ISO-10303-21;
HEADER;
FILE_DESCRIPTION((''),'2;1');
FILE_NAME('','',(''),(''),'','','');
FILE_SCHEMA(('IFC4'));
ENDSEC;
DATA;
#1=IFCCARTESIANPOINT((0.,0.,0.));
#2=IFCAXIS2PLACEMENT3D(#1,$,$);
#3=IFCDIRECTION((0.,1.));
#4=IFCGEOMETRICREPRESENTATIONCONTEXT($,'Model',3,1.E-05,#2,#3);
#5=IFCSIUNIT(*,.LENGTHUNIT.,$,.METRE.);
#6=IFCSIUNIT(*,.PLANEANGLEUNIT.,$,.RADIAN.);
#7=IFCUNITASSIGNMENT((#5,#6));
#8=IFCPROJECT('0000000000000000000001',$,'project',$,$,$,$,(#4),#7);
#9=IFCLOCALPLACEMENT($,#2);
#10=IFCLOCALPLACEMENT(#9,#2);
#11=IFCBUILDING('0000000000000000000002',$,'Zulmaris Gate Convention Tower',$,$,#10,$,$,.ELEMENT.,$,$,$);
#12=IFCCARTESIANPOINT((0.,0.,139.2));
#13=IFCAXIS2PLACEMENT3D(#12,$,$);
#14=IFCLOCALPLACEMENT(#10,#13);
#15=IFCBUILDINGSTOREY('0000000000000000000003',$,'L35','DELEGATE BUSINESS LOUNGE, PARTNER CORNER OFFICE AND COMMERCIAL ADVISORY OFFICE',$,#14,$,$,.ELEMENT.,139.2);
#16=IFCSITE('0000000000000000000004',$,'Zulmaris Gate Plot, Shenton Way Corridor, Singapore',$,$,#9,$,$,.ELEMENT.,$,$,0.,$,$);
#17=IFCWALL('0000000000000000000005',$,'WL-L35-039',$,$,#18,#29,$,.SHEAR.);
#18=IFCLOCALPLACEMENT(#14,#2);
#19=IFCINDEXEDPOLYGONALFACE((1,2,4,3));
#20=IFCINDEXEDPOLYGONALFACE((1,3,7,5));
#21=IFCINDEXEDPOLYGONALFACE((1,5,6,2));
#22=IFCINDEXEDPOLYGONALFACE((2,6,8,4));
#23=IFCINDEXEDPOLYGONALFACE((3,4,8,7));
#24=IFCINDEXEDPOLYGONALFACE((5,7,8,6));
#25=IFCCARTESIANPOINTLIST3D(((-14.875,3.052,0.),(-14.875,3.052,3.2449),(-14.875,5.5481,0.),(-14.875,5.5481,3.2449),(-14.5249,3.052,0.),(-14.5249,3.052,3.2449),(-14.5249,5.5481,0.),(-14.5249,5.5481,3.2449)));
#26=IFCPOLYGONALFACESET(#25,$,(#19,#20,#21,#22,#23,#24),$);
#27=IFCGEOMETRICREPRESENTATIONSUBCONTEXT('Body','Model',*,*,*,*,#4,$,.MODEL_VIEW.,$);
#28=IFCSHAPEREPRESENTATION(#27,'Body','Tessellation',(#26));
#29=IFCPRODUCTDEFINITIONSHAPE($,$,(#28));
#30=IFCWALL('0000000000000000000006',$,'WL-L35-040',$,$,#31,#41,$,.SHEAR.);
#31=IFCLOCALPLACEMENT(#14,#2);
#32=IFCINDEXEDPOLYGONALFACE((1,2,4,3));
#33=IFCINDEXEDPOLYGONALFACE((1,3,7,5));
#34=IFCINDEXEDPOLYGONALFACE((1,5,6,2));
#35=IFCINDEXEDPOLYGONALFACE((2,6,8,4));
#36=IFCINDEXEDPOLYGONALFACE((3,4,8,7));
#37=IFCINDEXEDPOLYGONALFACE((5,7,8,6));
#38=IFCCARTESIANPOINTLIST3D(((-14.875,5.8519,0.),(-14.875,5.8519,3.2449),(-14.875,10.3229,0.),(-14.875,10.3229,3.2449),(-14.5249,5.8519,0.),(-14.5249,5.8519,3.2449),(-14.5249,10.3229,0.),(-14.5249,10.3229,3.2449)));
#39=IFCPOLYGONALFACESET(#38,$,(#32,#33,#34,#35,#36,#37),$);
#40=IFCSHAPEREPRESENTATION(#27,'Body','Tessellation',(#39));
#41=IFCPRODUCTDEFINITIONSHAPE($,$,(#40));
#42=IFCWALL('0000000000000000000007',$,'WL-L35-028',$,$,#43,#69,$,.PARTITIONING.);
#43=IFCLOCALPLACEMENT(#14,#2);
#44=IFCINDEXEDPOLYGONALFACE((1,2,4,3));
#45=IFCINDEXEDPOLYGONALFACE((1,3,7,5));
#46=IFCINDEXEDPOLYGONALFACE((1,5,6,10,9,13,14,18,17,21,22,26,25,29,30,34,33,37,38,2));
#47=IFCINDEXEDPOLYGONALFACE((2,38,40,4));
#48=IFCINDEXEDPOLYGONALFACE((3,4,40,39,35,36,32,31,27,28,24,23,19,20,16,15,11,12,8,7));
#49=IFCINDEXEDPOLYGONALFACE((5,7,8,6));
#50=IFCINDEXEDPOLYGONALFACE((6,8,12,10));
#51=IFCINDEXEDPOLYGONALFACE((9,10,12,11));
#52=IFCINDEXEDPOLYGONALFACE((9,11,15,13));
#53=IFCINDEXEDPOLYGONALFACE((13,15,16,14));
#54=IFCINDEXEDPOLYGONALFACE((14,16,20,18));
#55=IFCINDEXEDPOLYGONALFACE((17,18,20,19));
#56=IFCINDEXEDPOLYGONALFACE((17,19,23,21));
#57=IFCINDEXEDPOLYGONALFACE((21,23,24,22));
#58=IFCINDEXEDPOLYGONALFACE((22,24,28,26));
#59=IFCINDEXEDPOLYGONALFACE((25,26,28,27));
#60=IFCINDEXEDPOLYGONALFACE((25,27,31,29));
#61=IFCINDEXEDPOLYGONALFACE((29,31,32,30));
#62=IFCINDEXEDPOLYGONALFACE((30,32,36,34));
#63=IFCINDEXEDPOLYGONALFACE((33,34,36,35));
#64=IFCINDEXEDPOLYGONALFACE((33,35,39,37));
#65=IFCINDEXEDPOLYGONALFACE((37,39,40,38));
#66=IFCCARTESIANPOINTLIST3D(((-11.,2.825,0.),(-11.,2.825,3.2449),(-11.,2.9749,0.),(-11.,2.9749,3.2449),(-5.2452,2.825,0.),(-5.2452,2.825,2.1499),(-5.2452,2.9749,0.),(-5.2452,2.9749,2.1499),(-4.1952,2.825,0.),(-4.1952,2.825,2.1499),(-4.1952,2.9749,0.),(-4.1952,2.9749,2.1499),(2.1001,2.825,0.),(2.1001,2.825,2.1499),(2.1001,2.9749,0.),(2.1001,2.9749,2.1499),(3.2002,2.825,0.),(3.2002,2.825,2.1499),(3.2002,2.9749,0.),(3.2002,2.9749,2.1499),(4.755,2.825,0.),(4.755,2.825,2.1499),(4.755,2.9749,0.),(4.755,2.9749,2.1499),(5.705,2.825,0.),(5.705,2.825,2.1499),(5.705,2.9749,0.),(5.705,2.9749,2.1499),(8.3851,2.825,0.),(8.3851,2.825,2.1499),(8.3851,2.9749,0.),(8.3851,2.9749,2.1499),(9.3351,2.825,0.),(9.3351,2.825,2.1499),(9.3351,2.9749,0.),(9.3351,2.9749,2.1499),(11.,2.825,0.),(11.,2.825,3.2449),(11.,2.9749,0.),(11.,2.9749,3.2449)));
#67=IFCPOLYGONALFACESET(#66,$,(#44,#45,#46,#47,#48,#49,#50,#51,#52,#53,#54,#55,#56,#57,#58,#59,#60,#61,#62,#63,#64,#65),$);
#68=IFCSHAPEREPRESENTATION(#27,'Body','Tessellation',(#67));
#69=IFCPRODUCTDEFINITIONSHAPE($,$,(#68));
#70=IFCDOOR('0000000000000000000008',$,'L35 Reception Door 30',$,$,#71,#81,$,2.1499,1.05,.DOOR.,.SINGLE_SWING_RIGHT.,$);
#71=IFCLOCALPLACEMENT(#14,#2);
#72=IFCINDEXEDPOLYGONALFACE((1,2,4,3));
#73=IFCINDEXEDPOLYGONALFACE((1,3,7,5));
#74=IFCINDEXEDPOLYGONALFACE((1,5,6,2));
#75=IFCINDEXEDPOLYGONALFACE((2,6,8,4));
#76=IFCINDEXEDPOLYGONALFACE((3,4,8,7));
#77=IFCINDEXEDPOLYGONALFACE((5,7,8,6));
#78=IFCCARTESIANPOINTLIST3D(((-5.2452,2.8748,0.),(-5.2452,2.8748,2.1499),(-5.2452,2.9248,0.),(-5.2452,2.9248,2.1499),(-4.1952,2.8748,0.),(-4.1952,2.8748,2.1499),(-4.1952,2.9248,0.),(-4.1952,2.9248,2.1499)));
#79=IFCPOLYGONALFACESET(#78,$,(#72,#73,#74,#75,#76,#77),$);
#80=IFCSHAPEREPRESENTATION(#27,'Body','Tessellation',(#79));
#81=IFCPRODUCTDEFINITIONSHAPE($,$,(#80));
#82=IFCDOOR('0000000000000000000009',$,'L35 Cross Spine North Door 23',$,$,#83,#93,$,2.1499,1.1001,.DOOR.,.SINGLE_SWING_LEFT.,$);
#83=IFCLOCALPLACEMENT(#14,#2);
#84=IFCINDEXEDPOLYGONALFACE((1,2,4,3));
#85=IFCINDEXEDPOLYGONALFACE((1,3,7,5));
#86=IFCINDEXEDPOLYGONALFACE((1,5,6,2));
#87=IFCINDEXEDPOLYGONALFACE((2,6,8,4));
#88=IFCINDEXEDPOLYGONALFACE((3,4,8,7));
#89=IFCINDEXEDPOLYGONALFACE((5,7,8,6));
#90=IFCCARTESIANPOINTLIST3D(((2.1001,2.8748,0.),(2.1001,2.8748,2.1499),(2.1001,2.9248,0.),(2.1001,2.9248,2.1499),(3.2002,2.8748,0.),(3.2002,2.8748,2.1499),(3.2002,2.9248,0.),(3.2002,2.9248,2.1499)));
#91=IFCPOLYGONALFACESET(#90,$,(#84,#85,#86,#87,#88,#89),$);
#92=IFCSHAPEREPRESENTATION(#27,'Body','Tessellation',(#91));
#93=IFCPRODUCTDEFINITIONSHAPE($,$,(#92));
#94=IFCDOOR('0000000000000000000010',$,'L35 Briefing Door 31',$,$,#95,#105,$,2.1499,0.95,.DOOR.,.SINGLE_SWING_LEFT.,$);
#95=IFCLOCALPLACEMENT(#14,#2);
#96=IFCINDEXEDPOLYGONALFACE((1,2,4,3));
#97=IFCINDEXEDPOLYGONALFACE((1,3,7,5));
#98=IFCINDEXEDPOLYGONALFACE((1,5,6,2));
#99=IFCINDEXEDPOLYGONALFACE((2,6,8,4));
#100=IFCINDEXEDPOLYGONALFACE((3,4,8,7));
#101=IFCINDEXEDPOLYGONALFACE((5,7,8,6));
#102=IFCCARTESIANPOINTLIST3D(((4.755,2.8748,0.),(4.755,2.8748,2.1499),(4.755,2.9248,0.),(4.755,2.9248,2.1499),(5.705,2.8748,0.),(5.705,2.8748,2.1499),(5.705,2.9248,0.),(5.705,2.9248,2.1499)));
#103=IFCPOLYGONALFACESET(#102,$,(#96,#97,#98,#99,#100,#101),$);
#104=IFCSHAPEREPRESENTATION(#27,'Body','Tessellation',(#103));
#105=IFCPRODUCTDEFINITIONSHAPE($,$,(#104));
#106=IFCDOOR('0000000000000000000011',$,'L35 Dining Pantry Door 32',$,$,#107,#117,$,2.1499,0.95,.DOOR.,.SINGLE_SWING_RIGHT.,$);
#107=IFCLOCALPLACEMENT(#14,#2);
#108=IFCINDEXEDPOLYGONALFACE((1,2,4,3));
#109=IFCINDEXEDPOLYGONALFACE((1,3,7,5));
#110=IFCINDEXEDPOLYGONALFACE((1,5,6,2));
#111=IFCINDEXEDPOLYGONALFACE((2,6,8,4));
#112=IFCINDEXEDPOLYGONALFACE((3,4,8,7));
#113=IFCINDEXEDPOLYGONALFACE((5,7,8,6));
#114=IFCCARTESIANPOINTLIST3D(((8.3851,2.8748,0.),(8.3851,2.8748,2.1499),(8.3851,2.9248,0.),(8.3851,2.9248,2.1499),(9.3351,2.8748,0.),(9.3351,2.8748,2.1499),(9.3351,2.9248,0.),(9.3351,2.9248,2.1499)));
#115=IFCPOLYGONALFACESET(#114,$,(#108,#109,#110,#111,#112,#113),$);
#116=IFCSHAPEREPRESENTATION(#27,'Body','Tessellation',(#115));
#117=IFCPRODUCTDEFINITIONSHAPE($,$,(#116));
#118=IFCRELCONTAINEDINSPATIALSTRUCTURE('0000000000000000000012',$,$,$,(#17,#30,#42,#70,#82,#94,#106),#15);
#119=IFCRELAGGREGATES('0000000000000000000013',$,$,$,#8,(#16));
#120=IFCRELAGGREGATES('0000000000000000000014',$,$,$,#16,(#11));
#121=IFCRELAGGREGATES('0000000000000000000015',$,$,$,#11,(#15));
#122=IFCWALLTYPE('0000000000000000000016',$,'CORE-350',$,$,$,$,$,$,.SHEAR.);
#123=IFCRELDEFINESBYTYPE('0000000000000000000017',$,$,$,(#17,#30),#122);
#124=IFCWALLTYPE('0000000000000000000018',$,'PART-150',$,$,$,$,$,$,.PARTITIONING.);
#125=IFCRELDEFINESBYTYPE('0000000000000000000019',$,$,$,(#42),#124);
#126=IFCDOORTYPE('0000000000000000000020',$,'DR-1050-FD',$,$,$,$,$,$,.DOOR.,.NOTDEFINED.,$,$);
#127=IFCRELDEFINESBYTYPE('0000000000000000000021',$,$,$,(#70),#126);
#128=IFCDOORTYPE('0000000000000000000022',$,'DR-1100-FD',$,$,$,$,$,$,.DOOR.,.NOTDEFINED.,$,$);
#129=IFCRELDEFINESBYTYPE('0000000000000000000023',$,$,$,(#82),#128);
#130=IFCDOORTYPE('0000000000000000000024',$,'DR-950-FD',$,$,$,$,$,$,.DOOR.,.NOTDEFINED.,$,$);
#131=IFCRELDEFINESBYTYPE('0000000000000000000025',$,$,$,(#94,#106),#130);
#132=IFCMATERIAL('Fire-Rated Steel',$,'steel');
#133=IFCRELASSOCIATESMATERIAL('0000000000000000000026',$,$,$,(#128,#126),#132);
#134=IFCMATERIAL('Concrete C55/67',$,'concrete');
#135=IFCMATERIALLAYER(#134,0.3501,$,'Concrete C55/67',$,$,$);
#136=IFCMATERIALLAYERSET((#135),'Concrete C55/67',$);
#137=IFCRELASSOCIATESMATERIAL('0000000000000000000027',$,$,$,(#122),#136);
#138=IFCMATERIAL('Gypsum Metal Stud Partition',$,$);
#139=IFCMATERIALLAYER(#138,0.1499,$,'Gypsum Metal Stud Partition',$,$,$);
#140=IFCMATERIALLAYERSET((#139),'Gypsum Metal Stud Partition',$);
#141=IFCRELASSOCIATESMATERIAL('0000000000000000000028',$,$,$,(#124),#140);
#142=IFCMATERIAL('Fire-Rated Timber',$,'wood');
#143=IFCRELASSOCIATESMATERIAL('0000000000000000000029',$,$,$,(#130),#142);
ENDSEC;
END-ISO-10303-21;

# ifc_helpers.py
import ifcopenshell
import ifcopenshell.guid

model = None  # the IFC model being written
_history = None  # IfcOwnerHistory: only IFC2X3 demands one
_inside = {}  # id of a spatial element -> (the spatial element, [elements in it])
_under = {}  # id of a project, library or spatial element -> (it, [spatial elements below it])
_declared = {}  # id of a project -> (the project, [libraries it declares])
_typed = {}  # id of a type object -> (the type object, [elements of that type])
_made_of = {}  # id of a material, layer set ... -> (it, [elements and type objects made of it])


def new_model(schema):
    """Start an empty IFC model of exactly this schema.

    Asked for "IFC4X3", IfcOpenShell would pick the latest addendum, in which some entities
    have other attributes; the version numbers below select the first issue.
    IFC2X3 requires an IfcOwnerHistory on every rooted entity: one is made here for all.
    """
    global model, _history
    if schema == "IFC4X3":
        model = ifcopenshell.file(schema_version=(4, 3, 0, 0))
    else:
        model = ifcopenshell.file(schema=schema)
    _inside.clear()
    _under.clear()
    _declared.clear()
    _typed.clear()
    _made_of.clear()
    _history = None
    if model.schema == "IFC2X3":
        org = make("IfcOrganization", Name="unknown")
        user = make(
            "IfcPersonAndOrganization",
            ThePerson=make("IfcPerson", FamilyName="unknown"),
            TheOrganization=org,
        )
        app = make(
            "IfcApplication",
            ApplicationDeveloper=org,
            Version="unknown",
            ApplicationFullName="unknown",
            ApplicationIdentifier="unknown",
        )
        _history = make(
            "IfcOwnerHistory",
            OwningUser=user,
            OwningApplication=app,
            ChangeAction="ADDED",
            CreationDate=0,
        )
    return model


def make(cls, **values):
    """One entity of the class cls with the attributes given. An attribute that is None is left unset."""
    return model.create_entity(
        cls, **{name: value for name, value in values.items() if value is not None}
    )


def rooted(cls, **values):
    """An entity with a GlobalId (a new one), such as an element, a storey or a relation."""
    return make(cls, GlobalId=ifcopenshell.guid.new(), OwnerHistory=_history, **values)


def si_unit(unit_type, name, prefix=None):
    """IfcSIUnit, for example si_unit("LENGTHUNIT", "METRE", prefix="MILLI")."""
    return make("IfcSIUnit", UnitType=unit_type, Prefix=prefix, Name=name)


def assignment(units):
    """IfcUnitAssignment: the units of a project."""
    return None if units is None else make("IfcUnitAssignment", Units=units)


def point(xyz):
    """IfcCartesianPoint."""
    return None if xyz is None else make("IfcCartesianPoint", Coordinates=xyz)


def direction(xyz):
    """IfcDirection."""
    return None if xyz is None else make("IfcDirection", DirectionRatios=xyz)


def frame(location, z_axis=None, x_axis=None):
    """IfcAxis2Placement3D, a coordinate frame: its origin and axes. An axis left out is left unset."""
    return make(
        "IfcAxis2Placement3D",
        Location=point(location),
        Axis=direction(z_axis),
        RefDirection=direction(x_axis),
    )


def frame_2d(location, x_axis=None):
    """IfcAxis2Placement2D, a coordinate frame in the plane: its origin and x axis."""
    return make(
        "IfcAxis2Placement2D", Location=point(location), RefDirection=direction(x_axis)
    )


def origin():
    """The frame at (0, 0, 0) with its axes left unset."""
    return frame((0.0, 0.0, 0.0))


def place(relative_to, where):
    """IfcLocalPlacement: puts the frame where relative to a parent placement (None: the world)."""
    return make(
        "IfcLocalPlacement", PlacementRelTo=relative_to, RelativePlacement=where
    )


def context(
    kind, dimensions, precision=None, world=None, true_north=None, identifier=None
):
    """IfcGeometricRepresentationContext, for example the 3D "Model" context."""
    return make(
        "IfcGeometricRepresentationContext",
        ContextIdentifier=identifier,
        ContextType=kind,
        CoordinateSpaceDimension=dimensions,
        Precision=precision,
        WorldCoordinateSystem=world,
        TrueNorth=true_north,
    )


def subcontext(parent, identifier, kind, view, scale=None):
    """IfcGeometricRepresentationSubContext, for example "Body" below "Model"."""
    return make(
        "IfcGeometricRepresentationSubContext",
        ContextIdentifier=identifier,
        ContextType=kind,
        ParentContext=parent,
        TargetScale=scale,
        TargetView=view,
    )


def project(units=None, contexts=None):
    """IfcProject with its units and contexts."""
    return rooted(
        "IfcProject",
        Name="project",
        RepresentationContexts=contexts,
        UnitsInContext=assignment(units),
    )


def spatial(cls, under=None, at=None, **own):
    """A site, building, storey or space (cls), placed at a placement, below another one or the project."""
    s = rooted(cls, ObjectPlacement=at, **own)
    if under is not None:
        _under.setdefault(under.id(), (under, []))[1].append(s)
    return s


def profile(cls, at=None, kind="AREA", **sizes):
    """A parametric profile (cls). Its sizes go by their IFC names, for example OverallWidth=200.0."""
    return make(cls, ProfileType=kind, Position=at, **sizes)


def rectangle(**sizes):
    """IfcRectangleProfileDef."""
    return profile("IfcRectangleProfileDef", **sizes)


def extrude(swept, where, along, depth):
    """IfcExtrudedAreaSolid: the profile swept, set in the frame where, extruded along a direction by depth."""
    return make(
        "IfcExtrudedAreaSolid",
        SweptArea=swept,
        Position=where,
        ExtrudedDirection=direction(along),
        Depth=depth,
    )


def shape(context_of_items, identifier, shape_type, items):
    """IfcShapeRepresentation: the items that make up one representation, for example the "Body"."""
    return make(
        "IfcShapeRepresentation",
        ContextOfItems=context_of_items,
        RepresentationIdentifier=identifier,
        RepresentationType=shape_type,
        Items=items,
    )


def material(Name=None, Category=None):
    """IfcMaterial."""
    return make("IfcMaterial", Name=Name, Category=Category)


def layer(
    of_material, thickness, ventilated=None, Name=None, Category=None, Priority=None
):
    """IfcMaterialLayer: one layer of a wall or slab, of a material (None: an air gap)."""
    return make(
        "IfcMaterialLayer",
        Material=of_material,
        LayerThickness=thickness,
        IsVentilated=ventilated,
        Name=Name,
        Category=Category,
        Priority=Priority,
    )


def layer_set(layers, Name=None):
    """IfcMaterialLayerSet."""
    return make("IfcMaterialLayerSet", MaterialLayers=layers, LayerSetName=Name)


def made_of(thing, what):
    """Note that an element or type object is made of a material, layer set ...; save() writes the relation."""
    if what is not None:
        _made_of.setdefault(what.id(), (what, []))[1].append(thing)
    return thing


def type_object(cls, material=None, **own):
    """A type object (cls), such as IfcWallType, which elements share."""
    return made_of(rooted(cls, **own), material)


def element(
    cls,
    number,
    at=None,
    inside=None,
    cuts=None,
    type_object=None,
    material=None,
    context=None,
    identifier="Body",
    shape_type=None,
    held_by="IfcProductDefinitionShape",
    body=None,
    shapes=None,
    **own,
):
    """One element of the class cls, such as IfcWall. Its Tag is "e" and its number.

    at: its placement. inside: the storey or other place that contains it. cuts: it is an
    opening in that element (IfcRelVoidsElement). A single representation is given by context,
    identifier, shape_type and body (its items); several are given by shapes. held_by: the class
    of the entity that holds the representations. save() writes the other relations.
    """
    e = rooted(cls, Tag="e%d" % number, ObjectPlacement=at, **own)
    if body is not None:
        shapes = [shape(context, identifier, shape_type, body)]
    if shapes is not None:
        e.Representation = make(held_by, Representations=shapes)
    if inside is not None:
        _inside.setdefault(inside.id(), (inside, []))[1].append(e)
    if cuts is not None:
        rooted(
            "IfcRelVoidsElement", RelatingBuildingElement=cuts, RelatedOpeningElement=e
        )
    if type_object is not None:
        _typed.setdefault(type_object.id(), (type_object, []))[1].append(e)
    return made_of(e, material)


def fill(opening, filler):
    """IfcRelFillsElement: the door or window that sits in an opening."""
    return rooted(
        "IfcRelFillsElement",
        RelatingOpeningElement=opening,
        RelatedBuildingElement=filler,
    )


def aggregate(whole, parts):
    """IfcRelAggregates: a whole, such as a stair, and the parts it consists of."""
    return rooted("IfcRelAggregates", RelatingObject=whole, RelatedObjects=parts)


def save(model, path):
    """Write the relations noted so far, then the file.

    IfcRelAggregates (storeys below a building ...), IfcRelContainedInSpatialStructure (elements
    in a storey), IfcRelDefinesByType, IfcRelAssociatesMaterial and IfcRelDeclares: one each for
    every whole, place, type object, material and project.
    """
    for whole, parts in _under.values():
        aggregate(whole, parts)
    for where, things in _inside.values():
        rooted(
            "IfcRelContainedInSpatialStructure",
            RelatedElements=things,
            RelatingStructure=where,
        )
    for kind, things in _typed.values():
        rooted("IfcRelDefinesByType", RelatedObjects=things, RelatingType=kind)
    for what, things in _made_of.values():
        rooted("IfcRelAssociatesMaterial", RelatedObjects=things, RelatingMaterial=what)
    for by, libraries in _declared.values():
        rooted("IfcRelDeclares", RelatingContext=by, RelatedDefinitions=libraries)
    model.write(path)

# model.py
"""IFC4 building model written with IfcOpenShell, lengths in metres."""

from ifc_helpers import new_model, si_unit, direction, frame, frame_2d, origin, place, context, subcontext, project, spatial, rectangle, extrude, material, layer, layer_set, type_object, element, fill, save


model = new_model("IFC4")

# Units and contexts
model_context = context("Model", 3, precision=1e-05, world=origin(), true_north=direction((0.0, 1.0)))
body_context = subcontext(model_context, "Body", "Model", "MODEL_VIEW")
ifc_project = project(units=[si_unit("LENGTHUNIT", "METRE"), si_unit("PLANEANGLEUNIT", "RADIAN")], contexts=[model_context])

# Site, building, storey
site_placement = place(None, origin())
site = spatial("IfcSite", under=ifc_project, at=site_placement, Name="Zulmaris Gate Plot, Shenton Way Corridor, Singapore", CompositionType="ELEMENT", RefElevation=0.0)
building_placement = place(site_placement, origin())
building = spatial("IfcBuilding", under=site, at=building_placement, Name="Zulmaris Gate Convention Tower", CompositionType="ELEMENT")
storey_placement = place(building_placement, frame((0.0, 0.0, 139.2)))
storey = spatial("IfcBuildingStorey", under=building, at=storey_placement, Name="L35", Description="DELEGATE BUSINESS LOUNGE, PARTNER CORNER OFFICE AND COMMERCIAL ADVISORY OFFICE", CompositionType="ELEMENT", Elevation=139.2)

# Shared definitions
ifc_material_1 = material(Name="Fire-Rated Steel", Category="steel")
door_type_1 = type_object("IfcDoorType", Name="DR-1100-FD", OperationType="NOTDEFINED", PredefinedType="DOOR", material=ifc_material_1)

# Walls
ifc_material_2 = material(Name="Concrete C55/67", Category="concrete")
ifc_layer_1 = layer(ifc_material_2, 0.3501, Name="Concrete C55/67")
ifc_layer_set_1 = layer_set([ifc_layer_1], Name="Concrete C55/67")
wall_type_1 = type_object("IfcWallType", Name="CORE-350", PredefinedType="SHEAR", material=ifc_layer_set_1)
wall_1_placement = place(storey_placement, frame((-14.7, 3.052, 0.0), z_axis=(0.0, 0.0, 1.0), x_axis=(0.0, 1.0, 0.0)))
element("IfcWall", 1, at=wall_1_placement, inside=storey, type_object=wall_type_1, Name="WL-L35-039", PredefinedType="SHEAR", context=body_context, shape_type="SweptSolid", body=[
    extrude(rectangle(XDim=2.4961, YDim=0.3501, at=frame_2d((1.248, 0.0))), origin(), (0.0, 0.0, 1.0), 3.2449),
])
wall_2_placement = place(storey_placement, frame((-14.7, 5.8521, 0.0), z_axis=(0.0, 0.0, 1.0), x_axis=(0.0, 1.0, 0.0)))
element("IfcWall", 2, at=wall_2_placement, inside=storey, type_object=wall_type_1, Name="WL-L35-040", PredefinedType="SHEAR", context=body_context, shape_type="SweptSolid", body=[
    extrude(rectangle(XDim=4.4709, YDim=0.3501, at=frame_2d((2.2354, 0.0))), origin(), (0.0, 0.0, 1.0), 3.2449),
])

# Wall, openings, doors
ifc_material_3 = material(Name="Gypsum Metal Stud Partition")
ifc_layer_2 = layer(ifc_material_3, 0.1499, Name="Gypsum Metal Stud Partition")
ifc_layer_set_2 = layer_set([ifc_layer_2], Name="Gypsum Metal Stud Partition")
wall_type_2 = type_object("IfcWallType", Name="PART-150", PredefinedType="PARTITIONING", material=ifc_layer_set_2)
wall_3_placement = place(storey_placement, frame((-11.0, 2.8999, 0.0), z_axis=(0.0, 0.0, 1.0), x_axis=(1.0, 0.0, 0.0)))
wall_3 = element("IfcWall", 3, at=wall_3_placement, inside=storey, type_object=wall_type_2, Name="WL-L35-028", PredefinedType="PARTITIONING", context=body_context, shape_type="SweptSolid", body=[
    extrude(rectangle(XDim=22.0, YDim=0.1499, at=frame_2d((11.0, 0.0))), origin(), (0.0, 0.0, 1.0), 3.2449),
])
opening_1_placement = place(wall_3_placement, frame((13.1001, 0.0, 0.0)))
opening_1 = element("IfcOpeningElement", 4, at=opening_1_placement, cuts=wall_3, PredefinedType="OPENING", context=body_context, shape_type="SweptSolid", body=[
    extrude(rectangle(XDim=1.1001, YDim=2.1499, at=frame_2d((0.55, 1.075))), frame((0.0, 0.085, 0.0), z_axis=(0.0, -1.0, 0.0), x_axis=(1.0, 0.0, 0.0)), (0.0, 0.0, 1.0), 0.1699),
])
opening_2_placement = place(wall_3_placement, frame((5.7549, 0.0, 0.0)))
opening_2 = element("IfcOpeningElement", 5, at=opening_2_placement, cuts=wall_3, PredefinedType="OPENING", context=body_context, shape_type="SweptSolid", body=[
    extrude(rectangle(XDim=1.05, YDim=2.1499, at=frame_2d((0.5249, 1.075))), frame((0.0, 0.085, 0.0), z_axis=(0.0, -1.0, 0.0), x_axis=(1.0, 0.0, 0.0)), (0.0, 0.0, 1.0), 0.1699),
])
opening_3_placement = place(wall_3_placement, frame((15.7549, 0.0, 0.0)))
opening_3 = element("IfcOpeningElement", 6, at=opening_3_placement, cuts=wall_3, PredefinedType="OPENING", context=body_context, shape_type="SweptSolid", body=[
    extrude(rectangle(XDim=0.95, YDim=2.1499, at=frame_2d((0.4751, 1.075))), frame((0.0, 0.085, 0.0), z_axis=(0.0, -1.0, 0.0), x_axis=(1.0, 0.0, 0.0)), (0.0, 0.0, 1.0), 0.1699),
])
opening_4_placement = place(wall_3_placement, frame((19.385, 0.0, 0.0)))
opening_4 = element("IfcOpeningElement", 7, at=opening_4_placement, cuts=wall_3, PredefinedType="OPENING", context=body_context, shape_type="SweptSolid", body=[
    extrude(rectangle(XDim=0.95, YDim=2.1499, at=frame_2d((0.4751, 1.075))), frame((0.0, 0.085, 0.0), z_axis=(0.0, -1.0, 0.0), x_axis=(1.0, 0.0, 0.0)), (0.0, 0.0, 1.0), 0.1699),
])
door_type_2 = type_object("IfcDoorType", Name="DR-1050-FD", OperationType="NOTDEFINED", PredefinedType="DOOR", material=ifc_material_1)
door_1_placement = place(opening_2_placement, origin())
door_1 = element("IfcDoor", 8, at=door_1_placement, inside=storey, type_object=door_type_2, Name="L35 Reception Door 30", OperationType="SINGLE_SWING_RIGHT", OverallHeight=2.1499, OverallWidth=1.05, PredefinedType="DOOR", context=body_context, shape_type="SweptSolid", body=[
    extrude(rectangle(XDim=1.05, YDim=2.1499, at=frame_2d((0.5249, 1.075))), frame((0.0, 0.0249, 0.0), z_axis=(0.0, -1.0, 0.0), x_axis=(1.0, 0.0, 0.0)), (0.0, 0.0, 1.0), 0.05),
])
fill(opening_2, door_1)
door_2_placement = place(opening_1_placement, origin())
door_2 = element("IfcDoor", 9, at=door_2_placement, inside=storey, type_object=door_type_1, Name="L35 Cross Spine North Door 23", OperationType="SINGLE_SWING_LEFT", OverallHeight=2.1499, OverallWidth=1.1001, PredefinedType="DOOR", context=body_context, shape_type="SweptSolid", body=[
    extrude(rectangle(XDim=1.1001, YDim=2.1499, at=frame_2d((0.55, 1.075))), frame((0.0, 0.0249, 0.0), z_axis=(0.0, -1.0, 0.0), x_axis=(1.0, 0.0, 0.0)), (0.0, 0.0, 1.0), 0.05),
])
fill(opening_1, door_2)
ifc_material_4 = material(Name="Fire-Rated Timber", Category="wood")
door_type_3 = type_object("IfcDoorType", Name="DR-950-FD", OperationType="NOTDEFINED", PredefinedType="DOOR", material=ifc_material_4)
door_3_placement = place(opening_3_placement, origin())
door_3 = element("IfcDoor", 10, at=door_3_placement, inside=storey, type_object=door_type_3, Name="L35 Briefing Door 31", OperationType="SINGLE_SWING_LEFT", OverallHeight=2.1499, OverallWidth=0.95, PredefinedType="DOOR", context=body_context, shape_type="SweptSolid", body=[
    extrude(rectangle(XDim=0.95, YDim=2.1499, at=frame_2d((0.4751, 1.075))), frame((0.0, 0.0249, 0.0), z_axis=(0.0, -1.0, 0.0), x_axis=(1.0, 0.0, 0.0)), (0.0, 0.0, 1.0), 0.05),
])
fill(opening_3, door_3)
door_4_placement = place(opening_4_placement, origin())
door_4 = element("IfcDoor", 11, at=door_4_placement, inside=storey, type_object=door_type_3, Name="L35 Dining Pantry Door 32", OperationType="SINGLE_SWING_RIGHT", OverallHeight=2.1499, OverallWidth=0.95, PredefinedType="DOOR", context=body_context, shape_type="SweptSolid", body=[
    extrude(rectangle(XDim=0.95, YDim=2.1499, at=frame_2d((0.4751, 1.075))), frame((0.0, 0.0249, 0.0), z_axis=(0.0, -1.0, 0.0), x_axis=(1.0, 0.0, 0.0)), (0.0, 0.0, 1.0), 0.05),
])
fill(opening_4, door_4)

save(model, "model.ifc")
